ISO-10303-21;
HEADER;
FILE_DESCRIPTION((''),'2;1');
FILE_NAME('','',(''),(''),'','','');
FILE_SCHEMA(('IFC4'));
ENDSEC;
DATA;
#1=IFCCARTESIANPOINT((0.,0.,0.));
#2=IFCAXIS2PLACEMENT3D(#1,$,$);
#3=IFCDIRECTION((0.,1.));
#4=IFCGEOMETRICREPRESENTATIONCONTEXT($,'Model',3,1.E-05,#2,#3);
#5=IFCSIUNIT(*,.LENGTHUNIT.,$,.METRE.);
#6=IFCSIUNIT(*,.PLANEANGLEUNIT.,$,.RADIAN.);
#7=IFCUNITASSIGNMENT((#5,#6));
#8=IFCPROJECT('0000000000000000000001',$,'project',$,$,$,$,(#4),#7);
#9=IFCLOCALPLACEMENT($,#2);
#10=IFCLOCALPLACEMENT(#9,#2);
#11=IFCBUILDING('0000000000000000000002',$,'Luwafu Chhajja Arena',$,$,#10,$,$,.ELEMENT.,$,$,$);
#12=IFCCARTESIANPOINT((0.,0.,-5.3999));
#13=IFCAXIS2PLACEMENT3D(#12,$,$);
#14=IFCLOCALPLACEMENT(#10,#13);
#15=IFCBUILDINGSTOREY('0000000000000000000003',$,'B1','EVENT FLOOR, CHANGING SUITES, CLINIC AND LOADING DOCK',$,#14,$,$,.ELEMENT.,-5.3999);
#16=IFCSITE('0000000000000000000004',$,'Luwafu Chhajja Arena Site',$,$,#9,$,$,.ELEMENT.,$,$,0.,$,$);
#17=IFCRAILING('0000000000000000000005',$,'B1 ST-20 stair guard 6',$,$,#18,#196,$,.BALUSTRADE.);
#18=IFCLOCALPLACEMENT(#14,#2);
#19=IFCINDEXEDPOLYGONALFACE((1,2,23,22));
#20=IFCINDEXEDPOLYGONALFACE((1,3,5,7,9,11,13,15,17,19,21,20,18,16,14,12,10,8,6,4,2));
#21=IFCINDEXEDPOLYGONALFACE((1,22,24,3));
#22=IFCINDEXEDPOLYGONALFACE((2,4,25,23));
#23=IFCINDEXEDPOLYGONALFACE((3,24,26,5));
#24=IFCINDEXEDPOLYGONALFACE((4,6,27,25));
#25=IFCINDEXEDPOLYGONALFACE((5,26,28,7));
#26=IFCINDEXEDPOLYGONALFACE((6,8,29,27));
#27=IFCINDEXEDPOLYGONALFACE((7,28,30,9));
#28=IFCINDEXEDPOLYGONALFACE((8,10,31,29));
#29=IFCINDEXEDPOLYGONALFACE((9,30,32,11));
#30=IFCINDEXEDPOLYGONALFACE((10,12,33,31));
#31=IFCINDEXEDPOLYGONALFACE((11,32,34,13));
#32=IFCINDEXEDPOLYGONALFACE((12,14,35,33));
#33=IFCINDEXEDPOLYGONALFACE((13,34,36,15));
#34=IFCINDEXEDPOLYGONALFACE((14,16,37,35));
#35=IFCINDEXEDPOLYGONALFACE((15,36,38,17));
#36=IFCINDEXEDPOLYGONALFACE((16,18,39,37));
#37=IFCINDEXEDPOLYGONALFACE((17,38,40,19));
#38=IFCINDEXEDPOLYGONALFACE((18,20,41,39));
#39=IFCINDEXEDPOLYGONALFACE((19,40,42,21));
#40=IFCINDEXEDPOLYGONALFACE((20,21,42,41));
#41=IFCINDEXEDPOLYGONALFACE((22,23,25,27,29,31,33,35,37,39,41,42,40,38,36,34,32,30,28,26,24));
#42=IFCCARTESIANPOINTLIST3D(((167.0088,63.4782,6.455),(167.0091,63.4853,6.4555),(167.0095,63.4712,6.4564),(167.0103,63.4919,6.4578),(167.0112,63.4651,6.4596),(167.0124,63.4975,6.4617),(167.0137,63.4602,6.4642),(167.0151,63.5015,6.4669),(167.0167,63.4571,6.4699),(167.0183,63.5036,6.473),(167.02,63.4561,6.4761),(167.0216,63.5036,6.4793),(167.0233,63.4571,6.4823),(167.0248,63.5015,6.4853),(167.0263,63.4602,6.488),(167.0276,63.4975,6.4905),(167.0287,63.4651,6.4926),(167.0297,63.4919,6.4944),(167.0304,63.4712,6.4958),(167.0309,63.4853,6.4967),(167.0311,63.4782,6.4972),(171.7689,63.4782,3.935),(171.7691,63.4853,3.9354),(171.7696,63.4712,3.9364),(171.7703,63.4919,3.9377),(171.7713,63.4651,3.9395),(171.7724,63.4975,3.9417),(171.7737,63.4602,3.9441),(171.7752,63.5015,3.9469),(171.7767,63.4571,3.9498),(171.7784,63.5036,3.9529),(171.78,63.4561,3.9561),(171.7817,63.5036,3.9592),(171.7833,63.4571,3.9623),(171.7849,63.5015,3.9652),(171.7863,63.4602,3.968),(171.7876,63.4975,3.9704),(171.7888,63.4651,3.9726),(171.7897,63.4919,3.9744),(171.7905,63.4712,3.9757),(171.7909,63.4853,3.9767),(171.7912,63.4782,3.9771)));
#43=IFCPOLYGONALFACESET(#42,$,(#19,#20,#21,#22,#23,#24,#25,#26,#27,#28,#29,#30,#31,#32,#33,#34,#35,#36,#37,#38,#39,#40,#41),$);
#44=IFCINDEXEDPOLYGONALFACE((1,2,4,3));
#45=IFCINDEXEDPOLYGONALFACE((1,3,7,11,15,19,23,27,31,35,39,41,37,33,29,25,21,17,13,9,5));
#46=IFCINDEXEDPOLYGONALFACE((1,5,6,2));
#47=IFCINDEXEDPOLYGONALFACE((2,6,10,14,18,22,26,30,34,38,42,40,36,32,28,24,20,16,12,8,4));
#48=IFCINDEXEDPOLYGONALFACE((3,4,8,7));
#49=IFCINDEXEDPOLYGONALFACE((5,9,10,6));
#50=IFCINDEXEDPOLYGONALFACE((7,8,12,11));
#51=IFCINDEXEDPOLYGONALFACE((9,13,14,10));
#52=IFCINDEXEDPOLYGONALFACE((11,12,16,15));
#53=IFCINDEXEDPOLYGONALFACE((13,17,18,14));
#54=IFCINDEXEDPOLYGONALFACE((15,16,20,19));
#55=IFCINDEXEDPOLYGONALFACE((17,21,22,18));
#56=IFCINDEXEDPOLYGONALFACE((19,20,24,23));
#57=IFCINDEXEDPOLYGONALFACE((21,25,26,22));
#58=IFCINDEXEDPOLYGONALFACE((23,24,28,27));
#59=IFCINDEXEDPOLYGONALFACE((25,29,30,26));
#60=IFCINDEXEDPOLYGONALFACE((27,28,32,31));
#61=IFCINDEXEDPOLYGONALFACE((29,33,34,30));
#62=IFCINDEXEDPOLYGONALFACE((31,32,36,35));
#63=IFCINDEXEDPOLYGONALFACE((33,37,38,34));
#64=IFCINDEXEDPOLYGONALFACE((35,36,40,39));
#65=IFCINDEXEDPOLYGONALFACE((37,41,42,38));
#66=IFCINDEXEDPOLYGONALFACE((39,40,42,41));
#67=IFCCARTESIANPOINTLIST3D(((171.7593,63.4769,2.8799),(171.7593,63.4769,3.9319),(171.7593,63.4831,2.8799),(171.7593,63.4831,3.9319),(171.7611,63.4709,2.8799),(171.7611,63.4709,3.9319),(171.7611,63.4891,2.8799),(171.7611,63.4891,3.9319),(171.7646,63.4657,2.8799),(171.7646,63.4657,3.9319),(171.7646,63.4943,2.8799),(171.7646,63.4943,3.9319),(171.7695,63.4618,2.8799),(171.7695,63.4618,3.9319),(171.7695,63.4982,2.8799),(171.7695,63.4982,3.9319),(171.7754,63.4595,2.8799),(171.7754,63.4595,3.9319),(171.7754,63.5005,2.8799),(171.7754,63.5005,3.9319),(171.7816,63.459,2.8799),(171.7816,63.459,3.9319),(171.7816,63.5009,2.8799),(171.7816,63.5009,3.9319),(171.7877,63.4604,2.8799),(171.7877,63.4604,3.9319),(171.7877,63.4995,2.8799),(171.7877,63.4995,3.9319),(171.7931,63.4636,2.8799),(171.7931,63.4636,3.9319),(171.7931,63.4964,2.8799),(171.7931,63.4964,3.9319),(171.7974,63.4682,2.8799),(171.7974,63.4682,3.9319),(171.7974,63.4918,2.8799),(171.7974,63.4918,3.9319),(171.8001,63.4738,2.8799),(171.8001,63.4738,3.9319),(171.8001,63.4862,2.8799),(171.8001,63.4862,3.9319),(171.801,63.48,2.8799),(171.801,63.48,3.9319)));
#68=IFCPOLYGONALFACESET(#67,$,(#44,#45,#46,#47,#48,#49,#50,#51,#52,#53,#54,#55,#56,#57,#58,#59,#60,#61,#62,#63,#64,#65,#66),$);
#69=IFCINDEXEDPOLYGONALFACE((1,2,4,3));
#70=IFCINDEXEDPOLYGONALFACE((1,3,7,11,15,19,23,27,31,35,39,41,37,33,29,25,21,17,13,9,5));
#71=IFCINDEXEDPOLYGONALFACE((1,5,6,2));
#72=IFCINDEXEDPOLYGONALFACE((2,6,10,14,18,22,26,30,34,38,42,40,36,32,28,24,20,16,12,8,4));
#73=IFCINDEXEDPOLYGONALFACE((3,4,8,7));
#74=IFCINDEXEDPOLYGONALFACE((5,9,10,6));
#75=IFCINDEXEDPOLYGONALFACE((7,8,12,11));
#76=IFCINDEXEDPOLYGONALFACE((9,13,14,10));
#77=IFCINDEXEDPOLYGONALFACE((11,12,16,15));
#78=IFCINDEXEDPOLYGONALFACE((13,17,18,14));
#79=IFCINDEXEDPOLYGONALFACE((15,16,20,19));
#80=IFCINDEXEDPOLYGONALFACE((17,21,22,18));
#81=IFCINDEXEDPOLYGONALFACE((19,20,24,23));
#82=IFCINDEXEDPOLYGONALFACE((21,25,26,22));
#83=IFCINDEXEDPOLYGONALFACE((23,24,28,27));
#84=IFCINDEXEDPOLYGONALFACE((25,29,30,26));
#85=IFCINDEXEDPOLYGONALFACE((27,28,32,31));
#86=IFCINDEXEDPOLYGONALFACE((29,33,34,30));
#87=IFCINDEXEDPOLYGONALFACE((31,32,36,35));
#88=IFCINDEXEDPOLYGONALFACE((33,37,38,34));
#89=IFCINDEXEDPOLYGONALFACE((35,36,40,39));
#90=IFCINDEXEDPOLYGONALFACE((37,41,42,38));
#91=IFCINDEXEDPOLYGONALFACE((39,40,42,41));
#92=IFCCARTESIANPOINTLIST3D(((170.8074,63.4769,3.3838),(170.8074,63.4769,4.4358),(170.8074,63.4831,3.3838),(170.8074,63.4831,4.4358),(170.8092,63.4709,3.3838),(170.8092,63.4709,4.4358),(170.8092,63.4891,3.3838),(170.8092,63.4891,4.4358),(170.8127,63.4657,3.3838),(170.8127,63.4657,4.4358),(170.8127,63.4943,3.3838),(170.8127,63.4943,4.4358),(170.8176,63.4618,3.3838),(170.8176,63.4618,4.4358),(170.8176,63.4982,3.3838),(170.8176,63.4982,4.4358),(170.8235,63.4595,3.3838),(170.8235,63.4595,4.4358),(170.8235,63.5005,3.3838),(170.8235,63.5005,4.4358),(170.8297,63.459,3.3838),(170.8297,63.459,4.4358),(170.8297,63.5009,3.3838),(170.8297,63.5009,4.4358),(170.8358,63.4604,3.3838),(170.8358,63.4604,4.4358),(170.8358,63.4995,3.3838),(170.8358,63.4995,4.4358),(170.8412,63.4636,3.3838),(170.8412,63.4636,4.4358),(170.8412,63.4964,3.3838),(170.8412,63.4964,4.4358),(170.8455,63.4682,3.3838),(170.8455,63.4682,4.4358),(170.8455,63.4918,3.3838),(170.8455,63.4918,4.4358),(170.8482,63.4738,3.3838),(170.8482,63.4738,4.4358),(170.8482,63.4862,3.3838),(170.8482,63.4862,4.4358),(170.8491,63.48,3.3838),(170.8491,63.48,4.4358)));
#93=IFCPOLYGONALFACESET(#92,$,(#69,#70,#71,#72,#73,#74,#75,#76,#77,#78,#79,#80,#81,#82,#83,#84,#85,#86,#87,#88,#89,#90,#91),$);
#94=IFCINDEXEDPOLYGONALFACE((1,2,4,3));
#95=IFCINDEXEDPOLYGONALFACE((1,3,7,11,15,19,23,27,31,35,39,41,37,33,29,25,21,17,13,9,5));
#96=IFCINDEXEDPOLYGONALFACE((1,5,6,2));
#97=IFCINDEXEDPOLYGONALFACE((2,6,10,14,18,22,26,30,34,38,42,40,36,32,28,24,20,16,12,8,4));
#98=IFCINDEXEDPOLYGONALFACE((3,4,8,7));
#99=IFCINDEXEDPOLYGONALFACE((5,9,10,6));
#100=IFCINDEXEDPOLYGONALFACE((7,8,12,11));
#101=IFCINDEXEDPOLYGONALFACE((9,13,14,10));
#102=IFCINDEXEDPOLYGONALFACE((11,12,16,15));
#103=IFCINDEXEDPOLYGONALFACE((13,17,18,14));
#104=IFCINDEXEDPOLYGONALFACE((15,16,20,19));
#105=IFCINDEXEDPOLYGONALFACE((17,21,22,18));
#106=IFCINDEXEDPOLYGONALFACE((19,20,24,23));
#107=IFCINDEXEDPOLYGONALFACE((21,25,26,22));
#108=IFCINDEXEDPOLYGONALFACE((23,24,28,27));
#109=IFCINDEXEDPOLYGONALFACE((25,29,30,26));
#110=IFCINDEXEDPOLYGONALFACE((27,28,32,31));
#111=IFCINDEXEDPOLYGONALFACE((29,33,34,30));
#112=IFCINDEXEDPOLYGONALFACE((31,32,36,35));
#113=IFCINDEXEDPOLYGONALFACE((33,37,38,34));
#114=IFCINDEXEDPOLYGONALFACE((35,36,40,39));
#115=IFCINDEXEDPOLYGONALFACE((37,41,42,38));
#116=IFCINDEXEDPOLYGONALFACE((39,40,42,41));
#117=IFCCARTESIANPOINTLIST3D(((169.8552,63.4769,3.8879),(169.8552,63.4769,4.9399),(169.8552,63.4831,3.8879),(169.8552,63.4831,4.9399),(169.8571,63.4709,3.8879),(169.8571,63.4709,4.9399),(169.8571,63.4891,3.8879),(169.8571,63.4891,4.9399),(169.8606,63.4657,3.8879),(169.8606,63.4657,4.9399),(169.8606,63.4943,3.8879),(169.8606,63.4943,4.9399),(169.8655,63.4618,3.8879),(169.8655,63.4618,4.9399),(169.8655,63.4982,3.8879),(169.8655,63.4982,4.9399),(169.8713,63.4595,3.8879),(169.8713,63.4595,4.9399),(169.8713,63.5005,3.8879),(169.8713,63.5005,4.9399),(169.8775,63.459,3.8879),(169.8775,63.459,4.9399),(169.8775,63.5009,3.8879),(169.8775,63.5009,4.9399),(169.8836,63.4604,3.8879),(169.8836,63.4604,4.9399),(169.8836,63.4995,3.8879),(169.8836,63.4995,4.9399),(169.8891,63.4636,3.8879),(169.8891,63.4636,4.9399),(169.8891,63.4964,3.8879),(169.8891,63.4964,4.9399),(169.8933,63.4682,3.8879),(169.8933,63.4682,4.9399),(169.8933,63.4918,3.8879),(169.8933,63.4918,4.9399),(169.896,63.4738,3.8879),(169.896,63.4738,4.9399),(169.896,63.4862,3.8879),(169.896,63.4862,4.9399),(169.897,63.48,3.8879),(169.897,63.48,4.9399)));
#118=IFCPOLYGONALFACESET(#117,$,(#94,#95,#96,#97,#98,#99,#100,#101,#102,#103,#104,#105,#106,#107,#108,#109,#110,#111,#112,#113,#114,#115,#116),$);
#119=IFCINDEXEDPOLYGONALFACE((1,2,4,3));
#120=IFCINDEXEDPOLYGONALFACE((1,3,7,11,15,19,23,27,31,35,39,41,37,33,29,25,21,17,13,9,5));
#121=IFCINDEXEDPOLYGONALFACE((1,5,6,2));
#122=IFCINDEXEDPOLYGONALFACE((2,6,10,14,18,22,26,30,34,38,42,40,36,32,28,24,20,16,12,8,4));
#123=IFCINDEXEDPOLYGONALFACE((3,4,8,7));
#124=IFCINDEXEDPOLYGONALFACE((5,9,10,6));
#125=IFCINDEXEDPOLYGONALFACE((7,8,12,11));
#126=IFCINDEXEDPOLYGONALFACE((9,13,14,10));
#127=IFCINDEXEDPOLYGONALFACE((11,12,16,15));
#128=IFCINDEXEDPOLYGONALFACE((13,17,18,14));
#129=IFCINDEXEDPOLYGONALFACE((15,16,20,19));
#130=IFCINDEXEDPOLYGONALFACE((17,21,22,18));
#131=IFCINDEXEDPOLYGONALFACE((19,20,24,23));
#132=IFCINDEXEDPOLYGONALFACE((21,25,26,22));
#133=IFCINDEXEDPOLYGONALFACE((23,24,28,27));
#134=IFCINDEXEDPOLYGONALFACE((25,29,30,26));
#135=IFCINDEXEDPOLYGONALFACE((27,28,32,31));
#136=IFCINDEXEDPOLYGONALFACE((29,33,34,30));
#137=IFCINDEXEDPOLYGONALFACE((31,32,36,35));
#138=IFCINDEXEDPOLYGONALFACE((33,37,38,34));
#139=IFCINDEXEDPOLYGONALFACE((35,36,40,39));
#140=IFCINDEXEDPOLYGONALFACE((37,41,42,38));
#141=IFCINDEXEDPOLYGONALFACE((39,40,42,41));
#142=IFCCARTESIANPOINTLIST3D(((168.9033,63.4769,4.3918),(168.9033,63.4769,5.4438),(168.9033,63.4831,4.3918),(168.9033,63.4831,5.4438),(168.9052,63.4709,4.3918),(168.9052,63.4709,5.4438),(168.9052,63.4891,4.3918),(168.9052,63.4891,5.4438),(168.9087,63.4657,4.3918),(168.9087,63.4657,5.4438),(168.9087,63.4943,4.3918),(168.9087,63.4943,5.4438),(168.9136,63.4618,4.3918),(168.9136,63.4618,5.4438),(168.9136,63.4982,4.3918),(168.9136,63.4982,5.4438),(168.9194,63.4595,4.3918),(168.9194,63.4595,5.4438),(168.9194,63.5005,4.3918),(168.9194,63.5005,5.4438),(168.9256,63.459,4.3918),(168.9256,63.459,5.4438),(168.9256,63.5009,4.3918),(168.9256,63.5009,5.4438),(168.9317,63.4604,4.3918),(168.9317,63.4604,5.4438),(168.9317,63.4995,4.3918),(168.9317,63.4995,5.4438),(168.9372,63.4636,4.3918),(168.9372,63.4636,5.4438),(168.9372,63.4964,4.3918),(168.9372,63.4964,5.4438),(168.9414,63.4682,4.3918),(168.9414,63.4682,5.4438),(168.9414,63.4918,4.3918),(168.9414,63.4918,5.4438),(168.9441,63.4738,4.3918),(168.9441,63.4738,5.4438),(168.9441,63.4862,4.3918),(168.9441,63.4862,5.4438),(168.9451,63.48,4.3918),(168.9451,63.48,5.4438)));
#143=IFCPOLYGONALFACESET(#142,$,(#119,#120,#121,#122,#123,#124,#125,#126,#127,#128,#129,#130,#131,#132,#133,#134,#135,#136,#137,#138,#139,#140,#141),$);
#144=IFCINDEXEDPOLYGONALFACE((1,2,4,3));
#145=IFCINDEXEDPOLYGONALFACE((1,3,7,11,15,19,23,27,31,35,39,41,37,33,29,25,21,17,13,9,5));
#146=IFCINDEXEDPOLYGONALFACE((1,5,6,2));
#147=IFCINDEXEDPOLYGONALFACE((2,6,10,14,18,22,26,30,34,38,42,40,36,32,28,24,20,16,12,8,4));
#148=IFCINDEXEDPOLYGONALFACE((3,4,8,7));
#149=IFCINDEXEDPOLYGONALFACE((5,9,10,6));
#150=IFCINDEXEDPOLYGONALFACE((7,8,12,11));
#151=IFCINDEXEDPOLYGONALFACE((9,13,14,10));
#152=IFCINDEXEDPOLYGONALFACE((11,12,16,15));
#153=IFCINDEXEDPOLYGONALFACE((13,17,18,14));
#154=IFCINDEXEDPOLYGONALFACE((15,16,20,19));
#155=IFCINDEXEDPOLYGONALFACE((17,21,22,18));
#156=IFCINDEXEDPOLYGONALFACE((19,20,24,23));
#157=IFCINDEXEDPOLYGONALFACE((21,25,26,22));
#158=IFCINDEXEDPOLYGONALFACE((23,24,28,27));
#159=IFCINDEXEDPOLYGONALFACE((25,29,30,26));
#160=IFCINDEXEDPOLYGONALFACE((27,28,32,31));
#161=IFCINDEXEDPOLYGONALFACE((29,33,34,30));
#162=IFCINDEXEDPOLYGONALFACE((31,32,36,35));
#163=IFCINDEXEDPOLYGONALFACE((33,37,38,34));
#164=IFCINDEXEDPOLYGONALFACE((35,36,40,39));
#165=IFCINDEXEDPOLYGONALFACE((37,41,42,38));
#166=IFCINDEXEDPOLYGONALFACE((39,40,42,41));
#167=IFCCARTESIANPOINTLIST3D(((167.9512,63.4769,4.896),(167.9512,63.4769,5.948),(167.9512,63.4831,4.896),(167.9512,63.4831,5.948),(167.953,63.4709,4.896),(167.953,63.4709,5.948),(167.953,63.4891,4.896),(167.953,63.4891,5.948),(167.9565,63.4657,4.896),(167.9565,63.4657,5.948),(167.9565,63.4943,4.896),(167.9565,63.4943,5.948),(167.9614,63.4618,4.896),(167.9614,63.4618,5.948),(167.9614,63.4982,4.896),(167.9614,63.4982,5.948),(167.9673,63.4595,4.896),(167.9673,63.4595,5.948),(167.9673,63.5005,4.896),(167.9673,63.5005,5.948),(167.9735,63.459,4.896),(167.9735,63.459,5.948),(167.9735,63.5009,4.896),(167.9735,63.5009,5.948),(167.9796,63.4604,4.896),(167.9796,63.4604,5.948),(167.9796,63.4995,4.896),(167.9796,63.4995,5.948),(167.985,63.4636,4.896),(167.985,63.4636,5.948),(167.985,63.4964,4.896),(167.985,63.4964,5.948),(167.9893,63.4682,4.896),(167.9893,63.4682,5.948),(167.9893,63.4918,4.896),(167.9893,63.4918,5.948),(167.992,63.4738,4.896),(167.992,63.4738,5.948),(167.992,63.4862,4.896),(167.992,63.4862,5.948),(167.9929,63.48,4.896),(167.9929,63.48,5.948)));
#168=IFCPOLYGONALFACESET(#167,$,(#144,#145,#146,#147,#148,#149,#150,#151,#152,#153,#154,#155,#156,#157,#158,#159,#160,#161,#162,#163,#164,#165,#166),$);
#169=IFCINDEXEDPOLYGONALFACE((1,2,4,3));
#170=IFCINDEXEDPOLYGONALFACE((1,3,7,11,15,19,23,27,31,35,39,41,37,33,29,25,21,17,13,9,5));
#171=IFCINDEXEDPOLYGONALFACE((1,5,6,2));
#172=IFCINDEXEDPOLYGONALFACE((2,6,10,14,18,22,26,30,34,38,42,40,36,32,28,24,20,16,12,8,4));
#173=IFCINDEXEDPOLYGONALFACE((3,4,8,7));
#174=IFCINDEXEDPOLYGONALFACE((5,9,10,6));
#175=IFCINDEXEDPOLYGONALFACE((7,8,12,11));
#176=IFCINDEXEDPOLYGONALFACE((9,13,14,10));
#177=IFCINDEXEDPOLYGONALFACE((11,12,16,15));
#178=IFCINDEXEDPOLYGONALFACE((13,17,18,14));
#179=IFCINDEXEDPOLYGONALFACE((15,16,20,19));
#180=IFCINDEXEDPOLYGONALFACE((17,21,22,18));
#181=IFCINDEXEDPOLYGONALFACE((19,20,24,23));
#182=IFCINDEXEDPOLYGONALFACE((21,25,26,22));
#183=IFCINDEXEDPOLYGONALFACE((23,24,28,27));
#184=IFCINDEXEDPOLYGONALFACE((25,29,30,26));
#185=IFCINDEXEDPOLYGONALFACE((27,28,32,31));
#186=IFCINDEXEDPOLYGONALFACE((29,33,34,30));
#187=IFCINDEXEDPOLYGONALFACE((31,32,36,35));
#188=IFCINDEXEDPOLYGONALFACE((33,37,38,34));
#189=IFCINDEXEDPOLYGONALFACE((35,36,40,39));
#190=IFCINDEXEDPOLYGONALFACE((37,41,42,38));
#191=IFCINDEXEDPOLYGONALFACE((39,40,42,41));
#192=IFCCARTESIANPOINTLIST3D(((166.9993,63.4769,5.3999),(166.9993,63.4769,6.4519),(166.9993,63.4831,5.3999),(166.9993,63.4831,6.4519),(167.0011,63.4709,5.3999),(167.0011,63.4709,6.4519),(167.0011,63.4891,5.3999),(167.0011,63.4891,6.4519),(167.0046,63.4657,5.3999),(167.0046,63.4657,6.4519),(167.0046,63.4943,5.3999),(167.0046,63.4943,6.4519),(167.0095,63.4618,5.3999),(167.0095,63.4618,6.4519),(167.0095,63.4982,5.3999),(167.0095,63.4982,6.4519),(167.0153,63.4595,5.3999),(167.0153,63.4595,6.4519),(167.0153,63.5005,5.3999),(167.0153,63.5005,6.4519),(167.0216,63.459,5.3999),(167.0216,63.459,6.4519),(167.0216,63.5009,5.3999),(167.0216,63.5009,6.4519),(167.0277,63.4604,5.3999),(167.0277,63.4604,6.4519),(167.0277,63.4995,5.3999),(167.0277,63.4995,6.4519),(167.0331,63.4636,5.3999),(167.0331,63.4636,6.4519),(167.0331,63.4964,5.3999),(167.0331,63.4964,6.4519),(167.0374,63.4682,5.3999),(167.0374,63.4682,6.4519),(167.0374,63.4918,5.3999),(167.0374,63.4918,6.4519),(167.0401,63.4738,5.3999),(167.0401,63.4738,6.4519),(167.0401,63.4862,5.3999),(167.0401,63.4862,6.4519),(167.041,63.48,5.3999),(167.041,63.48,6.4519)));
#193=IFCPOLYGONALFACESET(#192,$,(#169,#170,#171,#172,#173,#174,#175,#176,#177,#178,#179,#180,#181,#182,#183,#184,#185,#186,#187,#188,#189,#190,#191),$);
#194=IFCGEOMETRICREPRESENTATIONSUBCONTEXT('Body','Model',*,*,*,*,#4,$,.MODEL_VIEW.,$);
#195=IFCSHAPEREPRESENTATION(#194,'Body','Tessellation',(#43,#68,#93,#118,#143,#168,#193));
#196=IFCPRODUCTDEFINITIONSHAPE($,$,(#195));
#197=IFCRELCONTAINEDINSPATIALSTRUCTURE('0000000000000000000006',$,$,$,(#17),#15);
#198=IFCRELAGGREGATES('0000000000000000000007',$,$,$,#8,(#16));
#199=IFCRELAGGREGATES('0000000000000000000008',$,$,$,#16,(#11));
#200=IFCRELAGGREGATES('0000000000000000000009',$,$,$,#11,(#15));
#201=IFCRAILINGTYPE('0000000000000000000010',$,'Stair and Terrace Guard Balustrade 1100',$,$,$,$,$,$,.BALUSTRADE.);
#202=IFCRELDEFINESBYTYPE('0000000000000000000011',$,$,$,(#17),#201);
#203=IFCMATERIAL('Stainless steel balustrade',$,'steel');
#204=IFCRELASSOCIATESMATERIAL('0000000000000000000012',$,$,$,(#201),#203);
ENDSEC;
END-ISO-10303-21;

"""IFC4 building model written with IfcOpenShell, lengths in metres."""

from ifc_helpers import new_model, si_unit, direction, frame, origin, origin_2d, place, context, subcontext, project, spatial, circle, extrude, material, type_object, element, save


model = new_model("IFC4")

# Units and contexts
model_context = context("Model", 3, precision=1e-05, world=origin(), true_north=direction((0.0, 1.0)))
body_context = subcontext(model_context, "Body", "Model", "MODEL_VIEW")
ifc_project = project(units=[si_unit("LENGTHUNIT", "METRE"), si_unit("PLANEANGLEUNIT", "RADIAN")], contexts=[model_context])

# Site, building, storey
site_placement = place(None, origin())
site = spatial("IfcSite", under=ifc_project, at=site_placement, Name="Luwafu Chhajja Arena Site", CompositionType="ELEMENT", RefElevation=0.0)
building_placement = place(site_placement, origin())
building = spatial("IfcBuilding", under=site, at=building_placement, Name="Luwafu Chhajja Arena", CompositionType="ELEMENT")
storey_placement = place(building_placement, frame((0.0, 0.0, -5.3999)))
storey = spatial("IfcBuildingStorey", under=building, at=storey_placement, Name="B1", Description="EVENT FLOOR, CHANGING SUITES, CLINIC AND LOADING DOCK", CompositionType="ELEMENT", Elevation=-5.3999)

# Railing
ifc_material_1 = material(Name="Stainless steel balustrade", Category="steel")
railing_type_1 = type_object("IfcRailingType", Name="Stair and Terrace Guard Balustrade 1100", PredefinedType="BALUSTRADE", material=ifc_material_1)
railing_1_placement = place(storey_placement, frame((171.78, 63.48, 2.8799)))
element("IfcRailing", 1, at=railing_1_placement, inside=storey, type_object=railing_type_1, Name="B1 ST-20 stair guard 6", PredefinedType="BALUSTRADE", context=body_context, shape_type="SweptSolid", body=[
    extrude(circle(Radius=0.0239, at=origin_2d()), frame((0.0, 0.0, 1.0762), z_axis=(-0.883787, 0.0, 0.46789), x_axis=(0.0, -1.0, 0.0)), (0.0, 0.0, 1.0), 5.386),
    extrude(circle(Radius=0.021, at=origin_2d()), origin(), (0.0, 0.0, 1.0), 1.052),
    extrude(circle(Radius=0.021, at=origin_2d()), frame((-0.9519, 0.0, 0.5039)), (0.0, 0.0, 1.0), 1.052),
    extrude(circle(Radius=0.021, at=origin_2d()), frame((-1.9041, 0.0, 1.0081)), (0.0, 0.0, 1.0), 1.052),
    extrude(circle(Radius=0.021, at=origin_2d()), frame((-2.856, 0.0, 1.512)), (0.0, 0.0, 1.0), 1.052),
    extrude(circle(Radius=0.021, at=origin_2d()), frame((-3.8081, 0.0, 2.0161)), (0.0, 0.0, 1.0), 1.052),
    extrude(circle(Radius=0.021, at=origin_2d()), frame((-4.76, 0.0, 2.52)), (0.0, 0.0, 1.0), 1.052),
])

save(model, "model.ifc")
